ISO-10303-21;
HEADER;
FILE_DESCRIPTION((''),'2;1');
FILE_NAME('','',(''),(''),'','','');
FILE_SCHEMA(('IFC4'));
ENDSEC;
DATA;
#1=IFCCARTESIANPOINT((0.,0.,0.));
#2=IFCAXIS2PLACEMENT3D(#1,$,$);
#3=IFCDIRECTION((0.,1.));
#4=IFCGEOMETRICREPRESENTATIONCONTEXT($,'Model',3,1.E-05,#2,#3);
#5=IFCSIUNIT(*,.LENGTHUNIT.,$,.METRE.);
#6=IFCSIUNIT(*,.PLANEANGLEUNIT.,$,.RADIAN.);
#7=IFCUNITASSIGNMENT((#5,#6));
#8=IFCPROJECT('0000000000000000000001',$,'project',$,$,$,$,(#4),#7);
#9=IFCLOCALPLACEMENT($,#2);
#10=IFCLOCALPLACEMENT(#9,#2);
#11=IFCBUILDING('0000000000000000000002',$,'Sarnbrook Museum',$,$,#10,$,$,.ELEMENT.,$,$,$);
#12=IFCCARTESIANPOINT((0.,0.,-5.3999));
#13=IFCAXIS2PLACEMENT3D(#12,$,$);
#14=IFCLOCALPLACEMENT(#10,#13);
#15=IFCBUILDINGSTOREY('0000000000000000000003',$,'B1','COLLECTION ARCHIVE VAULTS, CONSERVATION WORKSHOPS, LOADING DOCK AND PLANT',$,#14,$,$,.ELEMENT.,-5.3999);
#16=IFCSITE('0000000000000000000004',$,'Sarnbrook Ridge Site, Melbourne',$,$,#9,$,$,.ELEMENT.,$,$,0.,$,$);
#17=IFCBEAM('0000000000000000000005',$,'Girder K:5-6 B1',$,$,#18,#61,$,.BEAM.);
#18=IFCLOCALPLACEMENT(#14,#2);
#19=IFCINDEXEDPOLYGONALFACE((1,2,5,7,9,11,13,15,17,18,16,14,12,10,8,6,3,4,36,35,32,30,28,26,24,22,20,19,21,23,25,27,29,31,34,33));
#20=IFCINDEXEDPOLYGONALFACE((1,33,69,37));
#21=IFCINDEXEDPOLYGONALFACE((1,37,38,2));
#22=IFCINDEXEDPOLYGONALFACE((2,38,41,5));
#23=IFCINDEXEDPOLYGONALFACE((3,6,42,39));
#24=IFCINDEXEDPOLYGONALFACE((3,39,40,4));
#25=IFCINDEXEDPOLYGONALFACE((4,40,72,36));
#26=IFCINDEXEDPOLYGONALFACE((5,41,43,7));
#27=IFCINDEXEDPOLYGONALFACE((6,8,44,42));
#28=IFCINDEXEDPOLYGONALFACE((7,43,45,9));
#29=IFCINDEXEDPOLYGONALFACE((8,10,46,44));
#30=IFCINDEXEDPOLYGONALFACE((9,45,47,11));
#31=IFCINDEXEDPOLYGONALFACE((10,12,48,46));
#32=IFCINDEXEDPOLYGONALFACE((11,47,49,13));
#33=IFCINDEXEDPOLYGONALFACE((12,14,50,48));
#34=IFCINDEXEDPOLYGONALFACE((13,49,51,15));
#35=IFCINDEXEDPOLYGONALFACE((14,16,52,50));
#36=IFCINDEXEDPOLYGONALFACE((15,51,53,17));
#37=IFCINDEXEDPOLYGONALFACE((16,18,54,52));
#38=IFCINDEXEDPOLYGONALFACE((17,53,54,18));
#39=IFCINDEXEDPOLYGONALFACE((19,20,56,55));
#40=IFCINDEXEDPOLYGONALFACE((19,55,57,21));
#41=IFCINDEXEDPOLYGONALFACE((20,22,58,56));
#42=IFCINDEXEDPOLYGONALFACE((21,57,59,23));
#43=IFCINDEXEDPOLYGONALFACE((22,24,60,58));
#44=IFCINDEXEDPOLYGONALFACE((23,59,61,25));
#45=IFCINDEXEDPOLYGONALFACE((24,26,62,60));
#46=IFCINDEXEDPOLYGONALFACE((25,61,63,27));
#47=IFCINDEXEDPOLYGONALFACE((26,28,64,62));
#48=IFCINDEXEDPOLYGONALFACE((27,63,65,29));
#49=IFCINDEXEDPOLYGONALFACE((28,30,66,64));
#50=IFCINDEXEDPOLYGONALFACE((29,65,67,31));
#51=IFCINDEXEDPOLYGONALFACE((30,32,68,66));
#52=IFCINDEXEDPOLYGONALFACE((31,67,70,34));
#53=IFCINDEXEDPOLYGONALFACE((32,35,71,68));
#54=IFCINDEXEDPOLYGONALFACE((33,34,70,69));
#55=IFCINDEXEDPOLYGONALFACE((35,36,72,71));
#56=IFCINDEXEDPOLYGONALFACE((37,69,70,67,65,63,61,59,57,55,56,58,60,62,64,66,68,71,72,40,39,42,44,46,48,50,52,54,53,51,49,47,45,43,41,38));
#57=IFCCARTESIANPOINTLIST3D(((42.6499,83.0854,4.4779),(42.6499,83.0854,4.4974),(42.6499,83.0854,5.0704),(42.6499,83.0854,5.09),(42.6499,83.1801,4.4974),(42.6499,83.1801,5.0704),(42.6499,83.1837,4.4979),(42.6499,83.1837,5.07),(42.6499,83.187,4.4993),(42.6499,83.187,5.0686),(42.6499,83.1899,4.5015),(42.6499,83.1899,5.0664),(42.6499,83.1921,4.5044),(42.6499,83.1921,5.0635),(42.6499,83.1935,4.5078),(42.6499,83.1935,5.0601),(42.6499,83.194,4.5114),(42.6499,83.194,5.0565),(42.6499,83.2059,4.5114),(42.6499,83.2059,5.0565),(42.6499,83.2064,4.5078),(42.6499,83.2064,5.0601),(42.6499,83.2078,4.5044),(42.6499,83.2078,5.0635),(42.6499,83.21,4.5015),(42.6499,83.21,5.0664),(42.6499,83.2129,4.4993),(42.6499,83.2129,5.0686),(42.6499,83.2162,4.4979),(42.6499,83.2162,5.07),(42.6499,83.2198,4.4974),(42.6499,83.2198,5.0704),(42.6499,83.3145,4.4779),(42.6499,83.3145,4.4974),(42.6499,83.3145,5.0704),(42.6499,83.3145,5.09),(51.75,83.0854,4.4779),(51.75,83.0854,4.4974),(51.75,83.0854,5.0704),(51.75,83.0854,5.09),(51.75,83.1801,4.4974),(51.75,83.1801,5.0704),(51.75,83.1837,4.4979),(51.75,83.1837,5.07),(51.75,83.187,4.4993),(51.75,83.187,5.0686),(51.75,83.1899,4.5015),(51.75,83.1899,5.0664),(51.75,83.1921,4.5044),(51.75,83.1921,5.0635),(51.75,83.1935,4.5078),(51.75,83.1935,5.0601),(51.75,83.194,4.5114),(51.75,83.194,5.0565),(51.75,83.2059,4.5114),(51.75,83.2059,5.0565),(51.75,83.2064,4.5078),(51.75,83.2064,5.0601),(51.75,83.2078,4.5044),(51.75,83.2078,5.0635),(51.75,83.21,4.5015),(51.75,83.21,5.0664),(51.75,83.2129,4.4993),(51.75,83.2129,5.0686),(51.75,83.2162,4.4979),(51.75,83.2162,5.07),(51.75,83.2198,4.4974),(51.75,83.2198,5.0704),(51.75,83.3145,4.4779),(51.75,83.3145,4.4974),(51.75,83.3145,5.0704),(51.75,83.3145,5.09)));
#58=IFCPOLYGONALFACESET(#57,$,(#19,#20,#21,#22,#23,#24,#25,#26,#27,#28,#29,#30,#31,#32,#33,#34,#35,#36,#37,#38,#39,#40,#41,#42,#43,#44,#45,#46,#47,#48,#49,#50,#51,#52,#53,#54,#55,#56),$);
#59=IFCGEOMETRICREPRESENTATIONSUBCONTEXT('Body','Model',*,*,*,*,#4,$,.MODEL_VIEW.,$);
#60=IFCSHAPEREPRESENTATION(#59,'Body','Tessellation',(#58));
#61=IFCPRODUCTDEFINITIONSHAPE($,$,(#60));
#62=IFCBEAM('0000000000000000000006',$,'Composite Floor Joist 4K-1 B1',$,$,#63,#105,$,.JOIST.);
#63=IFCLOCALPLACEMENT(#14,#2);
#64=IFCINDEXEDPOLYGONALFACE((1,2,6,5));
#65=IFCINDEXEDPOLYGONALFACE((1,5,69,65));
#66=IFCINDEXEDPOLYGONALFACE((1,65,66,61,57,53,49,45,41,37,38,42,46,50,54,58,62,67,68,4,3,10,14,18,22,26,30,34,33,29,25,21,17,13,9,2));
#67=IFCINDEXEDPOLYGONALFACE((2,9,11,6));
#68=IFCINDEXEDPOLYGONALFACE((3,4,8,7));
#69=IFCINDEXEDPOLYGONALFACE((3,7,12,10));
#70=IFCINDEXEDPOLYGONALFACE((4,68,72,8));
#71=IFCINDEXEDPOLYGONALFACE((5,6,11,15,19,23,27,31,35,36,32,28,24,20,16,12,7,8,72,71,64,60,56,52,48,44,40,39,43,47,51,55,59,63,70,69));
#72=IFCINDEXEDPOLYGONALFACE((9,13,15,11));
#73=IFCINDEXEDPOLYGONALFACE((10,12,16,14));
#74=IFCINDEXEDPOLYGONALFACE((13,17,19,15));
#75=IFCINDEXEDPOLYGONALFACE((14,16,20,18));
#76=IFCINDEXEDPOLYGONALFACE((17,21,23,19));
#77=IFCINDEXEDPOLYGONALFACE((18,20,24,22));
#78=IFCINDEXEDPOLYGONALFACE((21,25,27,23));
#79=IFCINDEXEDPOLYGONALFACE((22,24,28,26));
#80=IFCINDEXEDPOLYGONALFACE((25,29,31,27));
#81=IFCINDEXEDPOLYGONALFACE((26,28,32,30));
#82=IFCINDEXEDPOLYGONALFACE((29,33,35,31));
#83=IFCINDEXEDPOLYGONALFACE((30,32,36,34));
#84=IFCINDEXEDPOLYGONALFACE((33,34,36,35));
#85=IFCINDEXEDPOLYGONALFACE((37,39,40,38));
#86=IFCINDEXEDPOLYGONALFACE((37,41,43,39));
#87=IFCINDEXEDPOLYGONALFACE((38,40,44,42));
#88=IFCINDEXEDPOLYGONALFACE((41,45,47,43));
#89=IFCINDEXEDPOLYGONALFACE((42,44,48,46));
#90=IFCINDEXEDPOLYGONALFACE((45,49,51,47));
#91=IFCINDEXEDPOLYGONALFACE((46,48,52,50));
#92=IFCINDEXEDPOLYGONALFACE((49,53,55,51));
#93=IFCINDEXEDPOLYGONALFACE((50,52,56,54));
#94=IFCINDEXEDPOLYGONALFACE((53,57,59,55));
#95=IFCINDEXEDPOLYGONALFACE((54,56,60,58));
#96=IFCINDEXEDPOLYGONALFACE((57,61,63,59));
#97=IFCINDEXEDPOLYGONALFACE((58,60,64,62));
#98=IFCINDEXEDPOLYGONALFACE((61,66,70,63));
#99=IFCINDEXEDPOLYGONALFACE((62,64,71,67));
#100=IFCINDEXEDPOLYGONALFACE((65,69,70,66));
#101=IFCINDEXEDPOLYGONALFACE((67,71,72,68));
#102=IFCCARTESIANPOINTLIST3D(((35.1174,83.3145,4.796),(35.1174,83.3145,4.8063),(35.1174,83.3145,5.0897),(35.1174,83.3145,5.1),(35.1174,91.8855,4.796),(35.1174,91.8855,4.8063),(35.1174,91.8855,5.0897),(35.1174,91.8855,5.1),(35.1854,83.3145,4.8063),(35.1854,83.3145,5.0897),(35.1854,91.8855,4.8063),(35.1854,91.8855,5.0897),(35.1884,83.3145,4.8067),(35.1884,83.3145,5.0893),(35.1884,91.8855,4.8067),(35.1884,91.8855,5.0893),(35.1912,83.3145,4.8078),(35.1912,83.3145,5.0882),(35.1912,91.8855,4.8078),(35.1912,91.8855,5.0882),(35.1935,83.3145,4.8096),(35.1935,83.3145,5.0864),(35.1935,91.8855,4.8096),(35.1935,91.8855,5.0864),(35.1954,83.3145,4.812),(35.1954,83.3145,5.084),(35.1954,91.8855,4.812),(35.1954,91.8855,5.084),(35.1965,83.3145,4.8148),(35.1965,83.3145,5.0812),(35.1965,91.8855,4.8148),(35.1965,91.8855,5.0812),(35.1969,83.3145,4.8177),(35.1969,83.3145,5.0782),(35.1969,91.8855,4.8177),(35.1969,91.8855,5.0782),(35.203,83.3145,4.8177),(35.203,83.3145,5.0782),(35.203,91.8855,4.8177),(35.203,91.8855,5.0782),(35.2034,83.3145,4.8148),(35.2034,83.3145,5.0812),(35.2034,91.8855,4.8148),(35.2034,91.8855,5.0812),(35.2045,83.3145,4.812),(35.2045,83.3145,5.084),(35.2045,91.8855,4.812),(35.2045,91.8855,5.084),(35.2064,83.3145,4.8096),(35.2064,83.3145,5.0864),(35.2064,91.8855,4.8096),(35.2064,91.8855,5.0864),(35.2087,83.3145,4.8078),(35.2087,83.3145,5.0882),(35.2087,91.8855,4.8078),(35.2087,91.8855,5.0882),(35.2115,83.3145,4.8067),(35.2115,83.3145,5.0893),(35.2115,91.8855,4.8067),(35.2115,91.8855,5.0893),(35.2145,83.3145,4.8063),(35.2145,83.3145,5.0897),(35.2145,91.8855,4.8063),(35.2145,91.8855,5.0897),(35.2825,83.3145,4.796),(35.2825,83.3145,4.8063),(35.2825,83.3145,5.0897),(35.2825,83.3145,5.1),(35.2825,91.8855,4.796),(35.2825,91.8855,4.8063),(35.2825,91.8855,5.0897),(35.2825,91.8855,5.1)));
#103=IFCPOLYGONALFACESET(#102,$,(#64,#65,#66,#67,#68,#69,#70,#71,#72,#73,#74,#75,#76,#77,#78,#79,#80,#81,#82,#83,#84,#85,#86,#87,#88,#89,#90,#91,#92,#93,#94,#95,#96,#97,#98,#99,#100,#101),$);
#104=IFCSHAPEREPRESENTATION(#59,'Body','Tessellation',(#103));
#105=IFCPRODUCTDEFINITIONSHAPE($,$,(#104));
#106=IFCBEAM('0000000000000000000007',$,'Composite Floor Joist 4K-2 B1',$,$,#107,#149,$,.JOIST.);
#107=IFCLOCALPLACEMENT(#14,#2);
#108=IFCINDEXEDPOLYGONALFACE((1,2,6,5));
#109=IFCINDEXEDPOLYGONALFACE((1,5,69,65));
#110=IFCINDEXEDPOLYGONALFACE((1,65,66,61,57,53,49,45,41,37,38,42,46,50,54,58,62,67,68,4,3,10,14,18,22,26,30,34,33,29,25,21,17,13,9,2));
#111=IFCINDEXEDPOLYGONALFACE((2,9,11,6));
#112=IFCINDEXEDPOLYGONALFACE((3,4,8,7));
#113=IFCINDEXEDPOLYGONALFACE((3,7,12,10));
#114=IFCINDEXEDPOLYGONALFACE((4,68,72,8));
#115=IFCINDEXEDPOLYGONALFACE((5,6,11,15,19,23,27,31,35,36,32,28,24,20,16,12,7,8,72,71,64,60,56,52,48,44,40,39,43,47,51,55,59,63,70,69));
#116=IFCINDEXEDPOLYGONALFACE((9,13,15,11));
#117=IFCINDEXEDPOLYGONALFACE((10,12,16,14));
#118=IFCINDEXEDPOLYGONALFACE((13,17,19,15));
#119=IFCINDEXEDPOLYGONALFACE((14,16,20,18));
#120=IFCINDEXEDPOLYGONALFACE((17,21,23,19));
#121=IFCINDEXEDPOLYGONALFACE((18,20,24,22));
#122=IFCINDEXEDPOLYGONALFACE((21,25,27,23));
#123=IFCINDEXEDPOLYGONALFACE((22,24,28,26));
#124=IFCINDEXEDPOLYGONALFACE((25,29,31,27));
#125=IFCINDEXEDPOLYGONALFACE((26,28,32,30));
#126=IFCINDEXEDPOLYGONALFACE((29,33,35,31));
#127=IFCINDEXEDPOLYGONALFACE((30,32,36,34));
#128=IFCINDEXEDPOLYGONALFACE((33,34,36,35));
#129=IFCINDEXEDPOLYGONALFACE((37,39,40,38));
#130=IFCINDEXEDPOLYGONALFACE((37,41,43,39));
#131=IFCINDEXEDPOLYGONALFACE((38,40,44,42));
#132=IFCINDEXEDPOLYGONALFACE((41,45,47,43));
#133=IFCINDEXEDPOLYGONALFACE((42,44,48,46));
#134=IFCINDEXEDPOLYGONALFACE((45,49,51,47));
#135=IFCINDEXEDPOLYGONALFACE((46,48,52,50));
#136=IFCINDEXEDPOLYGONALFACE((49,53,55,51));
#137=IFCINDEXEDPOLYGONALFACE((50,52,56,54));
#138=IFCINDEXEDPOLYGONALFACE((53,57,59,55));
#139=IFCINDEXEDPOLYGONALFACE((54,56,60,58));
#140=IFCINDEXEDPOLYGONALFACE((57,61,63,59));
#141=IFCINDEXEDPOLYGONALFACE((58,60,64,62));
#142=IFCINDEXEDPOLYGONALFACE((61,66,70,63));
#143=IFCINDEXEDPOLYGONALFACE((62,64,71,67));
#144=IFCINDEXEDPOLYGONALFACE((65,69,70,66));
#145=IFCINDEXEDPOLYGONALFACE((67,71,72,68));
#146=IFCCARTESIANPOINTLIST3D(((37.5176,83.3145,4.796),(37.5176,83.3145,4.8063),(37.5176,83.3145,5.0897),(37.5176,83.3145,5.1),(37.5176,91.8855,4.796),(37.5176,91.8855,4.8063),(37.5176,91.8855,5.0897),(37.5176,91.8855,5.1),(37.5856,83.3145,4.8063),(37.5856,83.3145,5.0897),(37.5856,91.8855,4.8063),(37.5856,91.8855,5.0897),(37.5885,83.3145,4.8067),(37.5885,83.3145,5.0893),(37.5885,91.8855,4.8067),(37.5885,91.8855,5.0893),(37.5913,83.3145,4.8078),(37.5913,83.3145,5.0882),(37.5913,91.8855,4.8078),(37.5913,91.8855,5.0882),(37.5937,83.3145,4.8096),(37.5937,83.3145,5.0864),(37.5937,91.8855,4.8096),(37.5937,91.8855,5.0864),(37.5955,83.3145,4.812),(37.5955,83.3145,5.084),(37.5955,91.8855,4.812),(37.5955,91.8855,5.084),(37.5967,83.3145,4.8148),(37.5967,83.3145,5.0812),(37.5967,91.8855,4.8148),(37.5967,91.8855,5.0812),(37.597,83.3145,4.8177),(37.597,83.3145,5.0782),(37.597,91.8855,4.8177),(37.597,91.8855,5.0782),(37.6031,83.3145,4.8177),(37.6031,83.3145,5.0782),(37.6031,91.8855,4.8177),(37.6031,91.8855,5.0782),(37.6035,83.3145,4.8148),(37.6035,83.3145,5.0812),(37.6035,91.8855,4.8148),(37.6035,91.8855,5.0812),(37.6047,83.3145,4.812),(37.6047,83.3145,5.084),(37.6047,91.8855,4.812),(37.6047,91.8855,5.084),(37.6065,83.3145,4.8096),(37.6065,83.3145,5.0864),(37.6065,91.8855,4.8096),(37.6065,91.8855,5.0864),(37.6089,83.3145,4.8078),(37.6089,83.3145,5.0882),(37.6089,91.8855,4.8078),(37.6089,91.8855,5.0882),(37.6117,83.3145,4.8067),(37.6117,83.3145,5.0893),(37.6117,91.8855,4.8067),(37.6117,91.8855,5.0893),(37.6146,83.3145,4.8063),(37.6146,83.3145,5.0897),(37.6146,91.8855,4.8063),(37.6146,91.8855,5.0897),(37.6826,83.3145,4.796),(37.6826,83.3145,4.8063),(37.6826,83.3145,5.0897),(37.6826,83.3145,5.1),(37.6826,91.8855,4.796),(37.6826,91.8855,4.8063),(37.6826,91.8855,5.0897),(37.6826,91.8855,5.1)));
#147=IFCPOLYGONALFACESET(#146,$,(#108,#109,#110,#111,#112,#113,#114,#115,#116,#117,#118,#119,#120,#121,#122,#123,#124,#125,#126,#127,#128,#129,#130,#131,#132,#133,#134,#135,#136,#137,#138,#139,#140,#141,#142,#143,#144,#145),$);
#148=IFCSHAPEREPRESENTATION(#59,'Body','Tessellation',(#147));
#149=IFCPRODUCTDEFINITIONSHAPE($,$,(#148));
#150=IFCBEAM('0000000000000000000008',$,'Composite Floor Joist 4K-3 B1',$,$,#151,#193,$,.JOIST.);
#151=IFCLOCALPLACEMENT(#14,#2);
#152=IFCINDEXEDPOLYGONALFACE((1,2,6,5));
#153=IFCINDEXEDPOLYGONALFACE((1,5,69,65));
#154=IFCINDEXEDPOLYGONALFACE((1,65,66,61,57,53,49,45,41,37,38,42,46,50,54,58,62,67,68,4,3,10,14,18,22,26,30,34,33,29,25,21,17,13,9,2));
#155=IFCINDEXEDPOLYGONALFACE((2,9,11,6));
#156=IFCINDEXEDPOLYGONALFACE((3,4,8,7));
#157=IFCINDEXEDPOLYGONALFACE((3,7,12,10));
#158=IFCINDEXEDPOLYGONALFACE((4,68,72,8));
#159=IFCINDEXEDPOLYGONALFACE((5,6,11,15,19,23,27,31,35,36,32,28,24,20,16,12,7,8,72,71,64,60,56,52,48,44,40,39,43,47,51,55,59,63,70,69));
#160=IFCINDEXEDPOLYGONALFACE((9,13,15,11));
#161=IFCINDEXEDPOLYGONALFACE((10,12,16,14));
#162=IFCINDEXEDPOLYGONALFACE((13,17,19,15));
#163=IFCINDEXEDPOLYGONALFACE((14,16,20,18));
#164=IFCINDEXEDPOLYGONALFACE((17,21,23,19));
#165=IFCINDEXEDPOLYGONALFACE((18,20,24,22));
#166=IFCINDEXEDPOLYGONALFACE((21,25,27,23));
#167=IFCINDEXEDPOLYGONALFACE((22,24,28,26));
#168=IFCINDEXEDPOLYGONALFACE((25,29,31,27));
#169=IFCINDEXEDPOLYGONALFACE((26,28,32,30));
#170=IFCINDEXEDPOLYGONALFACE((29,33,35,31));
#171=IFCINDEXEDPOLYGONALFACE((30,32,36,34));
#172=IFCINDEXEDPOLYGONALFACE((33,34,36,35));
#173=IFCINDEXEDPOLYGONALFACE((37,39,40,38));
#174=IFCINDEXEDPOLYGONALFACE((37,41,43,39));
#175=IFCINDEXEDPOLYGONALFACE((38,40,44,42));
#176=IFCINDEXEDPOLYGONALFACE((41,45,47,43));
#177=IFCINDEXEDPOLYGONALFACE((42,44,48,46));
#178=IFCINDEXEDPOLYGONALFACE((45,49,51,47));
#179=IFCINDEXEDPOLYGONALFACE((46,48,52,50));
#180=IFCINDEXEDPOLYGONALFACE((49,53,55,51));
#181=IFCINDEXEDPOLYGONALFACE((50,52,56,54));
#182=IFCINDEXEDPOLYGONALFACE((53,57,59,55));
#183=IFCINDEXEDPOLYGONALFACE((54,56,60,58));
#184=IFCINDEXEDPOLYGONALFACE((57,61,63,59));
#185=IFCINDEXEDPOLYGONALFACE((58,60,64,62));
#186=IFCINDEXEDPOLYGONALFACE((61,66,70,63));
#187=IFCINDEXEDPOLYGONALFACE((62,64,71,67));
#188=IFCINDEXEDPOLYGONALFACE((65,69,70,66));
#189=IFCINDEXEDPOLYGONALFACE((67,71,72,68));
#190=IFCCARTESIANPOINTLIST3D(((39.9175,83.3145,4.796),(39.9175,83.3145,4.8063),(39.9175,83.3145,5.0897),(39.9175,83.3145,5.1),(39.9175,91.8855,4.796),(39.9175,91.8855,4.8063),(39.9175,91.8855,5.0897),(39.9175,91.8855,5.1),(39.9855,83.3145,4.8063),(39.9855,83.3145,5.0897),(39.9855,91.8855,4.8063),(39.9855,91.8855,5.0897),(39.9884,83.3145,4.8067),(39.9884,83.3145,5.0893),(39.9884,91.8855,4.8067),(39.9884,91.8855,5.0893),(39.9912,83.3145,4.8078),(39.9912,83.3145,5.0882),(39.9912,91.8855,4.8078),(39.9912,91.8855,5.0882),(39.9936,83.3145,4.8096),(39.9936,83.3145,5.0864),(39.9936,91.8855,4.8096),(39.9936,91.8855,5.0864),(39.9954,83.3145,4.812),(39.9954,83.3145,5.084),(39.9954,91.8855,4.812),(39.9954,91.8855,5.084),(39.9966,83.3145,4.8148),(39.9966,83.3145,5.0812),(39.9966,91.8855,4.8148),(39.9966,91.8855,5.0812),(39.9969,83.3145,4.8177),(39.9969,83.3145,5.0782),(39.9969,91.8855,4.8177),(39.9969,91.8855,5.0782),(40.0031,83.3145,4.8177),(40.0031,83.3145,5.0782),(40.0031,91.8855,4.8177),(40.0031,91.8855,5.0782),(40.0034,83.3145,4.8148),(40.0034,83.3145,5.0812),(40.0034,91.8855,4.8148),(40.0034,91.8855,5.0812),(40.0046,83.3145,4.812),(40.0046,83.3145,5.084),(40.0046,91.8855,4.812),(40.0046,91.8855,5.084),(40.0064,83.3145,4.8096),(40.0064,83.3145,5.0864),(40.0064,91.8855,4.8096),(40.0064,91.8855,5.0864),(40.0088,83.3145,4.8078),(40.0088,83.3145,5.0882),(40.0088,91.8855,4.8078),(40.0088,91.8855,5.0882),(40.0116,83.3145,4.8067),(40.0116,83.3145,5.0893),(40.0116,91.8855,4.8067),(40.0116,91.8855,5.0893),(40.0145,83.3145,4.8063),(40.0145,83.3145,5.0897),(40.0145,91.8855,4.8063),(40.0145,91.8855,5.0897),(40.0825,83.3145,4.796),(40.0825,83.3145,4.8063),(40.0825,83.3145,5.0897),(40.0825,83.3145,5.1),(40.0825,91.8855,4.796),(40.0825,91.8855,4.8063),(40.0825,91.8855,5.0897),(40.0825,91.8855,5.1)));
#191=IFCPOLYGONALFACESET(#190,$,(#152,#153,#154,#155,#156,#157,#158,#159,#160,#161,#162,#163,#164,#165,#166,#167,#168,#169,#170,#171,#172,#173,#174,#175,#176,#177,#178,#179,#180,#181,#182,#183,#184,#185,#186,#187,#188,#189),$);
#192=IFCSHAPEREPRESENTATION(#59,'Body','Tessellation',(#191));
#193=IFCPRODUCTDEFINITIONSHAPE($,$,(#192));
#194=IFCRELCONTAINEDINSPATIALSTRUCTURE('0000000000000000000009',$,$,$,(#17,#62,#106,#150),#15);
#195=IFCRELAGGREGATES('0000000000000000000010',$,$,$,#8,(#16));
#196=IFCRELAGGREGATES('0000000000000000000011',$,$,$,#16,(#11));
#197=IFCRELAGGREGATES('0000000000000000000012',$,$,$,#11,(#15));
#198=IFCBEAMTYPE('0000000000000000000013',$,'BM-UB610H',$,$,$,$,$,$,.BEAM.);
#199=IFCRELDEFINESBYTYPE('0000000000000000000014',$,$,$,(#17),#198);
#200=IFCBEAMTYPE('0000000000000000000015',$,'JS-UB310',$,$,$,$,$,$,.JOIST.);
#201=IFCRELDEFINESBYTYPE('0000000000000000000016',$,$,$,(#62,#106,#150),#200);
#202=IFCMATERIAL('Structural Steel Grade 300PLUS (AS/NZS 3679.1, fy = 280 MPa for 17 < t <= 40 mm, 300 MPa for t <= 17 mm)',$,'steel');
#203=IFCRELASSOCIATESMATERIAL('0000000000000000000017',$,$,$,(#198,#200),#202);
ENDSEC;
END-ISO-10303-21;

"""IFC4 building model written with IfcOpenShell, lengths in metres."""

from ifc_helpers import new_model, si_unit, direction, frame, origin, origin_2d, place, context, subcontext, project, spatial, i_section, extrude, material, material_profile, profile_set, type_object, element, save


model = new_model("IFC4")

# Units and contexts
model_context = context("Model", 3, precision=1e-05, world=origin(), true_north=direction((0.0, 1.0)))
body_context = subcontext(model_context, "Body", "Model", "MODEL_VIEW")
ifc_project = project(units=[si_unit("LENGTHUNIT", "METRE"), si_unit("PLANEANGLEUNIT", "RADIAN")], contexts=[model_context])

# Site, building, storey
site_placement = place(None, origin())
site = spatial("IfcSite", under=ifc_project, at=site_placement, Name="Sarnbrook Ridge Site, Melbourne", CompositionType="ELEMENT", RefElevation=0.0)
building_placement = place(site_placement, origin())
building = spatial("IfcBuilding", under=site, at=building_placement, Name="Sarnbrook Museum", CompositionType="ELEMENT")
storey_placement = place(building_placement, frame((0.0, 0.0, -5.3999)))
storey = spatial("IfcBuildingStorey", under=building, at=storey_placement, Name="B1", Description="COLLECTION ARCHIVE VAULTS, CONSERVATION WORKSHOPS, LOADING DOCK AND PLANT", CompositionType="ELEMENT", Elevation=-5.3999)

# Beams
ifc_material_1 = material(Name="Structural Steel Grade 300PLUS (AS/NZS 3679.1, fy = 280 MPa for 17 < t <= 40 mm, 300 MPa for t <= 17 mm)", Category="steel")
ifc_material_profile_1 = material_profile(ifc_material_1, i_section(OverallWidth=0.229, OverallDepth=0.6121, WebThickness=0.012, FlangeThickness=0.0195, FilletRadius=0.0139, at=origin_2d()), Name="610UB125")
ifc_profile_set_1 = profile_set([ifc_material_profile_1], Name="Structural Steel Grade 300PLUS (AS/NZS 3679.1, fy = 280 MPa for 17 < t <= 40 mm, 300 MPa for t <= 17 mm)")
beam_type_1 = type_object("IfcBeamType", Name="BM-UB610H", PredefinedType="BEAM", material=ifc_profile_set_1)
beam_1_placement = place(storey_placement, frame((42.6499, 83.2, 4.7839), z_axis=(1.0, 0.0, 0.0), x_axis=(0.0, 1.0, 0.0)))
element("IfcBeam", 1, at=beam_1_placement, inside=storey, type_object=beam_type_1, Name="Girder K:5-6 B1", PredefinedType="BEAM", context=body_context, shape_type="SweptSolid", body=[
    extrude(i_section(OverallWidth=0.229, OverallDepth=0.6121, WebThickness=0.012, FlangeThickness=0.0195, FilletRadius=0.0139, at=origin_2d()), origin(), (0.0, 0.0, 1.0), 9.1001),
])
ifc_material_profile_2 = material_profile(ifc_material_1, i_section(OverallWidth=0.165, OverallDepth=0.304, WebThickness=0.0061, FlangeThickness=0.0103, FilletRadius=0.0115, at=origin_2d()), Name="310UB40.4")
ifc_profile_set_2 = profile_set([ifc_material_profile_2], Name="Structural Steel Grade 300PLUS (AS/NZS 3679.1, fy = 280 MPa for 17 < t <= 40 mm, 300 MPa for t <= 17 mm)")
beam_type_2 = type_object("IfcBeamType", Name="JS-UB310", PredefinedType="JOIST", material=ifc_profile_set_2)
for number, where, z_axis, x_axis, name in (
    (2, (35.2, 83.3145, 4.948), (0.0, 1.0, 0.0), (-1.0, 0.0, 0.0), "Composite Floor Joist 4K-1 B1"),
    (3, (37.6001, 83.3145, 4.948), (0.0, 1.0, 0.0), (-1.0, 0.0, 0.0), "Composite Floor Joist 4K-2 B1"),
    (4, (40.0, 83.3145, 4.948), (0.0, 1.0, 0.0), (-1.0, 0.0, 0.0), "Composite Floor Joist 4K-3 B1"),
):
    element("IfcBeam", number, at=place(storey_placement, frame(where, z_axis=z_axis, x_axis=x_axis)), inside=storey, type_object=beam_type_2, Name=name, PredefinedType="JOIST", context=body_context, shape_type="SweptSolid", body=[
        extrude(i_section(OverallWidth=0.165, OverallDepth=0.304, WebThickness=0.0061, FlangeThickness=0.0103, FilletRadius=0.0115, at=origin_2d()), origin(), (0.0, 0.0, 1.0), 8.571),
    ])

save(model, "model.ifc")
